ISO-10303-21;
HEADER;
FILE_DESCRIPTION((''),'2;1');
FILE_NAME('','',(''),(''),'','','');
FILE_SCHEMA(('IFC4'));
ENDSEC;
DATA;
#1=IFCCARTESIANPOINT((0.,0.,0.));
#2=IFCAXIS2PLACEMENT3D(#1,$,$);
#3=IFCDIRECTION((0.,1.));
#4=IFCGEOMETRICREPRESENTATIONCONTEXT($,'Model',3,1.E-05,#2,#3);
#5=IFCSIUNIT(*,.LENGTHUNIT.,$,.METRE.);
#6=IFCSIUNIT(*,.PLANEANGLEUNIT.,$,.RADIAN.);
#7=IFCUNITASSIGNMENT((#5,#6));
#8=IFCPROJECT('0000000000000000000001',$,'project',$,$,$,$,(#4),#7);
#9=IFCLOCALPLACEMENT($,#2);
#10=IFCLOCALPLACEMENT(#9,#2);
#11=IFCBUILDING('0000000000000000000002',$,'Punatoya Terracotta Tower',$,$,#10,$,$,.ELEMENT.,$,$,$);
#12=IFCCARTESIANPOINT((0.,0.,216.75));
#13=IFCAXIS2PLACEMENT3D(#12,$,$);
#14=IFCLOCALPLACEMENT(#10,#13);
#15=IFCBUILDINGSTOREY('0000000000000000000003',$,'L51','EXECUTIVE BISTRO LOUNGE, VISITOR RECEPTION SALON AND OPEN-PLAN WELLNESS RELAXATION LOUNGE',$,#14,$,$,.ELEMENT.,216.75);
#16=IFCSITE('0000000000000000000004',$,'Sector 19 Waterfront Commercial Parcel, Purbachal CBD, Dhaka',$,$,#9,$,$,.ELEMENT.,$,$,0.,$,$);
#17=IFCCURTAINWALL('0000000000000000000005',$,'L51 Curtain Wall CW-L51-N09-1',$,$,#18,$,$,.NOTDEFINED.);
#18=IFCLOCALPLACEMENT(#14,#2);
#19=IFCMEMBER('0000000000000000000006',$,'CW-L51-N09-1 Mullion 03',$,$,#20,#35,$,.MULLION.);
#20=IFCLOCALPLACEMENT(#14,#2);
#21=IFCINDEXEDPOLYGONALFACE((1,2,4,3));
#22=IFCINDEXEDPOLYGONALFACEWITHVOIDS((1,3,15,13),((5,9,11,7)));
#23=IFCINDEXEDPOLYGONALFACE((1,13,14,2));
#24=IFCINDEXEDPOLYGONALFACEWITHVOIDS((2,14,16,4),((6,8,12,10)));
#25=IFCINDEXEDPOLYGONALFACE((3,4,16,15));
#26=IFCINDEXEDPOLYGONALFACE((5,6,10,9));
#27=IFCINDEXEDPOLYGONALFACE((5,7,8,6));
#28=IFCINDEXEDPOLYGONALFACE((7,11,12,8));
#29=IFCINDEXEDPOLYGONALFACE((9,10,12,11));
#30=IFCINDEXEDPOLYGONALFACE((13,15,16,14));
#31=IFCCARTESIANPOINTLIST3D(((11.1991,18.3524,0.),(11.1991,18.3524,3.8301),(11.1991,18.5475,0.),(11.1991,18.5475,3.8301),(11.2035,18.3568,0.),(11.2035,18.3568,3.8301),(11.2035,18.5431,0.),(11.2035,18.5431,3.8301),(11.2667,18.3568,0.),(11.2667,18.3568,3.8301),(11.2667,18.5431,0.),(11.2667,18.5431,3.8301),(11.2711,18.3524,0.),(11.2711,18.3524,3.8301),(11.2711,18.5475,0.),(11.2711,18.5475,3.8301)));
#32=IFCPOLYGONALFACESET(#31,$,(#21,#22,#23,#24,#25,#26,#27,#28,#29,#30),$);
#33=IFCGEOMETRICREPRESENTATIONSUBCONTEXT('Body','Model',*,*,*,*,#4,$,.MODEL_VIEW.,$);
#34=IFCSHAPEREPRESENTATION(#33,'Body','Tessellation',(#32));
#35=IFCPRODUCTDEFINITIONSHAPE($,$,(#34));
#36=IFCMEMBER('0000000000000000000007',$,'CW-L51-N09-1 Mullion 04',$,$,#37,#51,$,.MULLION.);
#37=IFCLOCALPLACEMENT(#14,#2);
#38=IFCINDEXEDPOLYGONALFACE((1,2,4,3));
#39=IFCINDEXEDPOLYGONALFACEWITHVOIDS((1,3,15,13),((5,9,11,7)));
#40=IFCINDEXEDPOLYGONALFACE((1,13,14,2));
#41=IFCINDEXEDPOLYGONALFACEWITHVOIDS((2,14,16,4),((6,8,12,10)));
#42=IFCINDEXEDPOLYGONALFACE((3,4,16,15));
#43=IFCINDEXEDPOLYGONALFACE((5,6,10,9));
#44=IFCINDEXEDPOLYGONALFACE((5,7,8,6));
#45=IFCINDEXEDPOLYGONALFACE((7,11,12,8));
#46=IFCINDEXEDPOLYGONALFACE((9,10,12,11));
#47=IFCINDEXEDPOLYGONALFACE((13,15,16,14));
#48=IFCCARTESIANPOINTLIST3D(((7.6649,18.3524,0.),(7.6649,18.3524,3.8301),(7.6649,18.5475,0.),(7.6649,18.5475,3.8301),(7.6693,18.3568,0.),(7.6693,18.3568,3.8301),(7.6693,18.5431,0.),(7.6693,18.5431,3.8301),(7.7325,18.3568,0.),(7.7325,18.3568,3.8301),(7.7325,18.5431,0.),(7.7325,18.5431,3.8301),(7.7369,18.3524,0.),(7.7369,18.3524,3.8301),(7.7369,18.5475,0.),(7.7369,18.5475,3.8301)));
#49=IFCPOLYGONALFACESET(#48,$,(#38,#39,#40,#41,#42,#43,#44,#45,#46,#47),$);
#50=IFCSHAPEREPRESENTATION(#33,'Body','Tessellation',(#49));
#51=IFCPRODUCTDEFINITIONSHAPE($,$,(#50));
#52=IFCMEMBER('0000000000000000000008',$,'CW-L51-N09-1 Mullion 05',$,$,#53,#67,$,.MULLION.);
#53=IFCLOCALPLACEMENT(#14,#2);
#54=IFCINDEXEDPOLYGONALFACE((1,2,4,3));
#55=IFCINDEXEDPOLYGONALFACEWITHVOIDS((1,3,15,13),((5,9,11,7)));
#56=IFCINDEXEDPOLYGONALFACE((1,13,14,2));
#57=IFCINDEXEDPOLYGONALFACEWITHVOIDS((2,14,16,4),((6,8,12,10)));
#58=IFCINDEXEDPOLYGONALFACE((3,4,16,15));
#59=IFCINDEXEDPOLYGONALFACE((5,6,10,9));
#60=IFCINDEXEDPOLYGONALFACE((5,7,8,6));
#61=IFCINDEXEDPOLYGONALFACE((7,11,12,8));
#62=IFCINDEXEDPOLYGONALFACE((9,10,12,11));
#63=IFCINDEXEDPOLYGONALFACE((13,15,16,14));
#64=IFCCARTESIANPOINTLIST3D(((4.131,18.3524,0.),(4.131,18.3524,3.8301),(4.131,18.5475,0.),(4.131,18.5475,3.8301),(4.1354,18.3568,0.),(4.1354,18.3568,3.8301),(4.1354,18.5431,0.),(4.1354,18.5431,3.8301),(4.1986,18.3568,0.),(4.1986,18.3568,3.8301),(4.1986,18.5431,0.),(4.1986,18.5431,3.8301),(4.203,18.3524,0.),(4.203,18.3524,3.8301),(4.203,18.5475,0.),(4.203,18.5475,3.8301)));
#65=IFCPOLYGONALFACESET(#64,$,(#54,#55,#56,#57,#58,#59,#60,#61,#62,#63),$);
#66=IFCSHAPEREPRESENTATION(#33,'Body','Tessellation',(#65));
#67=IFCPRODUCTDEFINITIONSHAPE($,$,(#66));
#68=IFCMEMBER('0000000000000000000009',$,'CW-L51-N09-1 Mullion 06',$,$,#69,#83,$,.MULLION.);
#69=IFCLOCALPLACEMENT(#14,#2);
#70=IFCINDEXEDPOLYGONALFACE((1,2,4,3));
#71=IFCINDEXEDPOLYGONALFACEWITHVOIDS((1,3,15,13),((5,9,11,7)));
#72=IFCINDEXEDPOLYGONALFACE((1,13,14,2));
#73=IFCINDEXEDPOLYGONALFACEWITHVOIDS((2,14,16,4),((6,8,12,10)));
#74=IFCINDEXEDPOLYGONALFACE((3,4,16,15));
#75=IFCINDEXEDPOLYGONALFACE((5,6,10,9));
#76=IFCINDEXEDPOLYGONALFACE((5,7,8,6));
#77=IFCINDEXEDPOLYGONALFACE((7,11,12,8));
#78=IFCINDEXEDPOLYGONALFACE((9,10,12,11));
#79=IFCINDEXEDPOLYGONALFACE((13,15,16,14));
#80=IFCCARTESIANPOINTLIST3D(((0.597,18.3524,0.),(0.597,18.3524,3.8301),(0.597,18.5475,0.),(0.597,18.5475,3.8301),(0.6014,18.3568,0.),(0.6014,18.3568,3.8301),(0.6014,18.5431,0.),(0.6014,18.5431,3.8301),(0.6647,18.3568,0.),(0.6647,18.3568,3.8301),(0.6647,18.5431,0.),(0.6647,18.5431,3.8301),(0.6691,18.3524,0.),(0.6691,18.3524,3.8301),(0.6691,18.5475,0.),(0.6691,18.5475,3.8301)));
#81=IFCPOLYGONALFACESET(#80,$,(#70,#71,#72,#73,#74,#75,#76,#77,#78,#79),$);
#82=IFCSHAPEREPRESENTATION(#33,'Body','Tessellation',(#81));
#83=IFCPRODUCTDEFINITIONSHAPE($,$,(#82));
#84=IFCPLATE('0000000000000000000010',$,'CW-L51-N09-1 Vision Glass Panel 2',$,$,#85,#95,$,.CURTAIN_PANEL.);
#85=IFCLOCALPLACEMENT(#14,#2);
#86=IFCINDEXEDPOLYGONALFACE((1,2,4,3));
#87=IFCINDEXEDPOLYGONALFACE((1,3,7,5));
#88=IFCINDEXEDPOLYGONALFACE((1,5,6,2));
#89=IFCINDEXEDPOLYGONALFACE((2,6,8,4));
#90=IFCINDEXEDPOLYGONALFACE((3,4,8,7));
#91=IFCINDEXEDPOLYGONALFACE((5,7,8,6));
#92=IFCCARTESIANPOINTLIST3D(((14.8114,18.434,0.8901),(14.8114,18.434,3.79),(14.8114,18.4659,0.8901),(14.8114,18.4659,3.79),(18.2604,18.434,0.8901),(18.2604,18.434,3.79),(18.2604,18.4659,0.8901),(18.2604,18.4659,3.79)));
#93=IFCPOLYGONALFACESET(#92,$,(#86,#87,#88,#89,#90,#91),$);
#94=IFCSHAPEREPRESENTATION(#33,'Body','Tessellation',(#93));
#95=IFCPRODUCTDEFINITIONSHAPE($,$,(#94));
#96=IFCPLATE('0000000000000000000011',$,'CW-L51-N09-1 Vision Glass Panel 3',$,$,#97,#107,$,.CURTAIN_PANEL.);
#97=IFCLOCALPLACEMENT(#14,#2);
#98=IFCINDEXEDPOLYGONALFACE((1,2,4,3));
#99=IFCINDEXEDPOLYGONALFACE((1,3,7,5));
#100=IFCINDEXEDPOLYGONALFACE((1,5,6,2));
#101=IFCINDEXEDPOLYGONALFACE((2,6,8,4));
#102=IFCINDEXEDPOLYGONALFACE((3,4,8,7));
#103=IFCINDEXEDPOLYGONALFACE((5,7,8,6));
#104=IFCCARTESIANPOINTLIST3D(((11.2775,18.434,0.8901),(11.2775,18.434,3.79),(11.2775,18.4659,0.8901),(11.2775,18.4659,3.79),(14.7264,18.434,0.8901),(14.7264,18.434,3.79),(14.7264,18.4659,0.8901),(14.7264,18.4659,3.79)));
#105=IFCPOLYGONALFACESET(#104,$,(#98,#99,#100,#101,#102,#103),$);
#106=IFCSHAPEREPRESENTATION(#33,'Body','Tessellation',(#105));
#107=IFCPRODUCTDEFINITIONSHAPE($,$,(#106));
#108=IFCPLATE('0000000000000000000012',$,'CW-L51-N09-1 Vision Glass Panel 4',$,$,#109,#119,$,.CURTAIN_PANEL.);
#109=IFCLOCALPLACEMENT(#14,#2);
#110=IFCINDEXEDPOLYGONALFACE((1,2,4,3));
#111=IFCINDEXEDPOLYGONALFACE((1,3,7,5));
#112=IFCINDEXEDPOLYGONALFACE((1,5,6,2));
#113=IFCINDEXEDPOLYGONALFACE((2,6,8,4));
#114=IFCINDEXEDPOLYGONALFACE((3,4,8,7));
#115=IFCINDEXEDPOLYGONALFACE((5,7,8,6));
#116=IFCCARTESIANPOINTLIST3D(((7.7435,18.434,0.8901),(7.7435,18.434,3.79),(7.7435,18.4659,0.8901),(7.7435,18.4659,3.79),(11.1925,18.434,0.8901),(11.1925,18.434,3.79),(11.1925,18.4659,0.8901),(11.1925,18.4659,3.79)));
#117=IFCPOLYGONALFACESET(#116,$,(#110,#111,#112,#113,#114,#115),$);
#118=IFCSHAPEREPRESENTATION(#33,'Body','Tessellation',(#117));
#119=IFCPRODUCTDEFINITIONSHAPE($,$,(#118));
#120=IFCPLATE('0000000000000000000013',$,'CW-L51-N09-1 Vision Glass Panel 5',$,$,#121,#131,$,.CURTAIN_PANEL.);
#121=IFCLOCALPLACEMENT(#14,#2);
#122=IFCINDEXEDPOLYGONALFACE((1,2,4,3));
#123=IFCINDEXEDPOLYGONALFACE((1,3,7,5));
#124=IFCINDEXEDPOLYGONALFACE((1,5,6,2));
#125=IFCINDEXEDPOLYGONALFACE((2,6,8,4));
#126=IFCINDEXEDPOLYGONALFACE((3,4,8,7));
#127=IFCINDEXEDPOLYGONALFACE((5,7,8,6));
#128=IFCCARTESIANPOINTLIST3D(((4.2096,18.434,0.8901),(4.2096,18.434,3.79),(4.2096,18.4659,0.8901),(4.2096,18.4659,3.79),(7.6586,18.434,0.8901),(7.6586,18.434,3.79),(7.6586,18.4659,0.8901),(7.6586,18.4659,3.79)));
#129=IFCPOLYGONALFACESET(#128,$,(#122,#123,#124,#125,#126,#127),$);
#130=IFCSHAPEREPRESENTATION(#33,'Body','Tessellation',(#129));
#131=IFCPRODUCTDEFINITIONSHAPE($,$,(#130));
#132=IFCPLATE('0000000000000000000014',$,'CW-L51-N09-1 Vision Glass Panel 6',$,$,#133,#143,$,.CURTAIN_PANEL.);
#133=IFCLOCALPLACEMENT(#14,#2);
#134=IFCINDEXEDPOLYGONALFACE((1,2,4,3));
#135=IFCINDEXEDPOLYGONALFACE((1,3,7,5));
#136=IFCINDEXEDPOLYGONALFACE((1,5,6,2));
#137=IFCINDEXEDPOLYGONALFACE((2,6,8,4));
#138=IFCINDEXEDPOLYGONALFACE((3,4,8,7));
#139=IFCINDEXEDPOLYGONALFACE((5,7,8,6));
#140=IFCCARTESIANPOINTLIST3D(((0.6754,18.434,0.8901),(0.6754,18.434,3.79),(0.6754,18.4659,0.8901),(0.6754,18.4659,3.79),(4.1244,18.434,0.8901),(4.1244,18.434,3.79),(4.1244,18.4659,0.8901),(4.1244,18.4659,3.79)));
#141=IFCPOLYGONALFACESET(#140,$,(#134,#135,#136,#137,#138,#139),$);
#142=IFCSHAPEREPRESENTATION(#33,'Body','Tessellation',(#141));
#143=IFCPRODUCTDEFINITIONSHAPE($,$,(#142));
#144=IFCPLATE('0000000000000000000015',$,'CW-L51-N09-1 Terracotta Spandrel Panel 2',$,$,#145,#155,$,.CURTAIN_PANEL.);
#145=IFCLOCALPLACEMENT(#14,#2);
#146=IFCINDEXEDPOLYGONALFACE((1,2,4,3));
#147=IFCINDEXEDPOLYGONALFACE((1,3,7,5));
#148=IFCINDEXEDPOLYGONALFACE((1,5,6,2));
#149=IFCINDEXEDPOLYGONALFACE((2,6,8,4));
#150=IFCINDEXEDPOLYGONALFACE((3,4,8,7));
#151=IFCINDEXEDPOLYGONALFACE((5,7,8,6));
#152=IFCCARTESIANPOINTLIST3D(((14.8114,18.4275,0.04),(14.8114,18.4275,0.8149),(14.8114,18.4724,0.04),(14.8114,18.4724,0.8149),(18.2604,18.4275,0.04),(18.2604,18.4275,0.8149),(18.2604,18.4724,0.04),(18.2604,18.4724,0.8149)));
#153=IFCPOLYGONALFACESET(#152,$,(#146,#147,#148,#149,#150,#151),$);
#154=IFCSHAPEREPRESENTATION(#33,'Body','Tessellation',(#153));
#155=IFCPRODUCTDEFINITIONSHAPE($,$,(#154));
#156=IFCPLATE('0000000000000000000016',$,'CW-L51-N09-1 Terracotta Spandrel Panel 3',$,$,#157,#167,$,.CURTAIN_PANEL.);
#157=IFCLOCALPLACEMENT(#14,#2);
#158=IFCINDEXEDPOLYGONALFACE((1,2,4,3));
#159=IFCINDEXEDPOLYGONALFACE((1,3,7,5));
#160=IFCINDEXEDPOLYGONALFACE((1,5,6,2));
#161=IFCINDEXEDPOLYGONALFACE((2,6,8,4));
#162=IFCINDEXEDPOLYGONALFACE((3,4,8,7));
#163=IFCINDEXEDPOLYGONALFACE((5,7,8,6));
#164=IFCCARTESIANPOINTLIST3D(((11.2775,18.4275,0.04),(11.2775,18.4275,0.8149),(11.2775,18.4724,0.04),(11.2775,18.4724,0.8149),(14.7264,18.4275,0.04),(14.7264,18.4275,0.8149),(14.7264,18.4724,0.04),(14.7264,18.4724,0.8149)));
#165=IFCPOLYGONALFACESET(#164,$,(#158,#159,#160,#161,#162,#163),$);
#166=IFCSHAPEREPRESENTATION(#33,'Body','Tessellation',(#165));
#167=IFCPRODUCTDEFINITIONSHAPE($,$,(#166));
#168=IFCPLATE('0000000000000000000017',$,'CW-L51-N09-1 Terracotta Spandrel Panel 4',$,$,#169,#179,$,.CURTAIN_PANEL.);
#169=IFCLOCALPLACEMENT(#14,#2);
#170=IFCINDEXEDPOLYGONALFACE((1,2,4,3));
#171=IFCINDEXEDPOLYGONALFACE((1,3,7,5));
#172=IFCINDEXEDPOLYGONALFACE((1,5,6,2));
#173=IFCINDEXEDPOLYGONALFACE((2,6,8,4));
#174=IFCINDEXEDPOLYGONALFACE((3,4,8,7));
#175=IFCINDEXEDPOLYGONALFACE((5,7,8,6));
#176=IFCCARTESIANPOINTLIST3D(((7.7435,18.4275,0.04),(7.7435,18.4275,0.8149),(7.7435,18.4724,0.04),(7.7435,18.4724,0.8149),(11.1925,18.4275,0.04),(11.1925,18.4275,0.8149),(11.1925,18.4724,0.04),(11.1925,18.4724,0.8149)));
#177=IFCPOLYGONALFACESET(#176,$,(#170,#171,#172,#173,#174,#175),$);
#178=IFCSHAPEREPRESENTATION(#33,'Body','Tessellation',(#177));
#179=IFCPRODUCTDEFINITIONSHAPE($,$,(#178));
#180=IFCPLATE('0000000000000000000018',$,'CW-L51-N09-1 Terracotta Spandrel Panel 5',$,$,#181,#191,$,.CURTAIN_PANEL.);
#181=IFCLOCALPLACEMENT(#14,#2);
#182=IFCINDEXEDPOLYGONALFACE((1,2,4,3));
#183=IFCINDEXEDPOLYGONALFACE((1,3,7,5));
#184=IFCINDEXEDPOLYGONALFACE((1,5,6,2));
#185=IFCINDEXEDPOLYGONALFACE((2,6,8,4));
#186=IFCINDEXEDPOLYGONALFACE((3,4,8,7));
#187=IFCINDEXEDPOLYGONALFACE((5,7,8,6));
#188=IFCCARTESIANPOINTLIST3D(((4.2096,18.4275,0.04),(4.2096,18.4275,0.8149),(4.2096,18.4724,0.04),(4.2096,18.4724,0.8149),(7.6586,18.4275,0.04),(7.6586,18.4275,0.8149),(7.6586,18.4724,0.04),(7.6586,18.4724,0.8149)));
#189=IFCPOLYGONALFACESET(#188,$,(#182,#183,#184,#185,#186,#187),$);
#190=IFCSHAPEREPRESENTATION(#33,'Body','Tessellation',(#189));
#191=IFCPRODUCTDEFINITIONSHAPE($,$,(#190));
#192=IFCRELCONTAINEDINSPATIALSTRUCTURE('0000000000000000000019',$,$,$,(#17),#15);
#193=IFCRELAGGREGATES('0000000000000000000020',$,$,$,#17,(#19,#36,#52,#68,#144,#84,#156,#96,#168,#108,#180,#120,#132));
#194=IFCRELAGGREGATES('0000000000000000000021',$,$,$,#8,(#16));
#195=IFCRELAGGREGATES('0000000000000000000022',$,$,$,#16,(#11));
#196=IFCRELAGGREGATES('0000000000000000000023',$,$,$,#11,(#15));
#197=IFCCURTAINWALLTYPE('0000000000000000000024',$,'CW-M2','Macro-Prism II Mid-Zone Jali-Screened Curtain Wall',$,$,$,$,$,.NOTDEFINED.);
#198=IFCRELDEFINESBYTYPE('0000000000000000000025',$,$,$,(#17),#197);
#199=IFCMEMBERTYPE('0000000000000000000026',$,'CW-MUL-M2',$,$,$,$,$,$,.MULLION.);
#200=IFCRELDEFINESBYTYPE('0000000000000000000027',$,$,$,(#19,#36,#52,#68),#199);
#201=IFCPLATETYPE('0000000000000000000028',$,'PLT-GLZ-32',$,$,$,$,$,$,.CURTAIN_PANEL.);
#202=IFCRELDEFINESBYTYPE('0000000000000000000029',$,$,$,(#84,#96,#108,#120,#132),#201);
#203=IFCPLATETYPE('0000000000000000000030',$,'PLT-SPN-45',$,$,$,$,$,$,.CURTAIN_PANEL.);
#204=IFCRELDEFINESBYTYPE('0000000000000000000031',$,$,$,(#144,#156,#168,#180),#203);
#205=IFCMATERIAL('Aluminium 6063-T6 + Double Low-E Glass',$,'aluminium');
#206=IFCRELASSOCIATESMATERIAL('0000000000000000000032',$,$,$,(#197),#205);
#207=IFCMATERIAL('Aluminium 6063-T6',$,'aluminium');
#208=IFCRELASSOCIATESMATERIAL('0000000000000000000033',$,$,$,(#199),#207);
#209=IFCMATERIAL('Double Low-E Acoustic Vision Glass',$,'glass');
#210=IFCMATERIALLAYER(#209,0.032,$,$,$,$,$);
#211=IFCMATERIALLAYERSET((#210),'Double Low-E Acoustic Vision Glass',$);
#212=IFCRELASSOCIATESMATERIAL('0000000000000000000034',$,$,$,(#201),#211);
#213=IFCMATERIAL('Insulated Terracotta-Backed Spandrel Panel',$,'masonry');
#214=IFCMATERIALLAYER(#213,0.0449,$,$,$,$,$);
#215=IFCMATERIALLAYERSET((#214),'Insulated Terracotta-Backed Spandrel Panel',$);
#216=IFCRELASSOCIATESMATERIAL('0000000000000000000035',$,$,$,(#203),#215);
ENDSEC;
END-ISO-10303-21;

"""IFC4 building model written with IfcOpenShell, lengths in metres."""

from ifc_helpers import new_model, si_unit, direction, frame, origin, origin_2d, place, context, subcontext, project, spatial, rectangle, hollow_rectangle, extrude, material, layer, layer_set, material_profile, profile_set, type_object, element, aggregate, save


model = new_model("IFC4")

# Units and contexts
model_context = context("Model", 3, precision=1e-05, world=origin(), true_north=direction((0.0, 1.0)))
body_context = subcontext(model_context, "Body", "Model", "MODEL_VIEW")
ifc_project = project(units=[si_unit("LENGTHUNIT", "METRE"), si_unit("PLANEANGLEUNIT", "RADIAN")], contexts=[model_context])

# Site, building, storey
site_placement = place(None, origin())
site = spatial("IfcSite", under=ifc_project, at=site_placement, Name="Sector 19 Waterfront Commercial Parcel, Purbachal CBD, Dhaka", CompositionType="ELEMENT", RefElevation=0.0)
building_placement = place(site_placement, origin())
building = spatial("IfcBuilding", under=site, at=building_placement, Name="Punatoya Terracotta Tower", CompositionType="ELEMENT")
storey_placement = place(building_placement, frame((0.0, 0.0, 216.75)))
storey = spatial("IfcBuildingStorey", under=building, at=storey_placement, Name="L51", Description="EXECUTIVE BISTRO LOUNGE, VISITOR RECEPTION SALON AND OPEN-PLAN WELLNESS RELAXATION LOUNGE", CompositionType="ELEMENT", Elevation=216.75)

# Curtain wall, members, plates
ifc_material_1 = material(Name="Aluminium 6063-T6 + Double Low-E Glass", Category="aluminium")
curtain_wall_type = type_object("IfcCurtainWallType", Name="CW-M2", Description="Macro-Prism II Mid-Zone Jali-Screened Curtain Wall", PredefinedType="NOTDEFINED", material=ifc_material_1)
curtain_wall_placement = place(storey_placement, origin())
curtain_wall = element("IfcCurtainWall", 1, at=curtain_wall_placement, inside=storey, type_object=curtain_wall_type, Name="L51 Curtain Wall CW-L51-N09-1", PredefinedType="NOTDEFINED")
ifc_material_2 = material(Name="Aluminium 6063-T6", Category="aluminium")
ifc_material_profile_1 = material_profile(ifc_material_2, hollow_rectangle(XDim=0.072, YDim=0.1951, WallThickness=0.0044, at=origin_2d()))
ifc_profile_set_1 = profile_set([ifc_material_profile_1], Name="Aluminium 6063-T6")
member_type = type_object("IfcMemberType", Name="CW-MUL-M2", PredefinedType="MULLION", material=ifc_profile_set_1)
member_1_placement = place(storey_placement, frame((11.2351, 18.45, 0.0), z_axis=(0.0, 0.0, 1.0), x_axis=(1.0, 0.0, 0.0)))
member_1 = element("IfcMember", 2, at=member_1_placement, type_object=member_type, Name="CW-L51-N09-1 Mullion 03", PredefinedType="MULLION", context=body_context, shape_type="SweptSolid", body=[
    extrude(hollow_rectangle(XDim=0.072, YDim=0.1951, WallThickness=0.0044, at=origin_2d()), origin(), (0.0, 0.0, 1.0), 3.8301),
])
member_2_placement = place(storey_placement, frame((7.7009, 18.45, 0.0), z_axis=(0.0, 0.0, 1.0), x_axis=(1.0, 0.0, 0.0)))
member_2 = element("IfcMember", 3, at=member_2_placement, type_object=member_type, Name="CW-L51-N09-1 Mullion 04", PredefinedType="MULLION", context=body_context, shape_type="SweptSolid", body=[
    extrude(hollow_rectangle(XDim=0.072, YDim=0.1951, WallThickness=0.0044, at=origin_2d()), origin(), (0.0, 0.0, 1.0), 3.8301),
])
member_3_placement = place(storey_placement, frame((4.167, 18.45, 0.0), z_axis=(0.0, 0.0, 1.0), x_axis=(1.0, 0.0, 0.0)))
member_3 = element("IfcMember", 4, at=member_3_placement, type_object=member_type, Name="CW-L51-N09-1 Mullion 05", PredefinedType="MULLION", context=body_context, shape_type="SweptSolid", body=[
    extrude(hollow_rectangle(XDim=0.072, YDim=0.1951, WallThickness=0.0044, at=origin_2d()), origin(), (0.0, 0.0, 1.0), 3.8301),
])
member_4_placement = place(storey_placement, frame((0.6331, 18.45, 0.0), z_axis=(0.0, 0.0, 1.0), x_axis=(1.0, 0.0, 0.0)))
member_4 = element("IfcMember", 5, at=member_4_placement, type_object=member_type, Name="CW-L51-N09-1 Mullion 06", PredefinedType="MULLION", context=body_context, shape_type="SweptSolid", body=[
    extrude(hollow_rectangle(XDim=0.072, YDim=0.1951, WallThickness=0.0044, at=origin_2d()), origin(), (0.0, 0.0, 1.0), 3.8301),
])
ifc_material_3 = material(Name="Double Low-E Acoustic Vision Glass", Category="glass")
ifc_layer_1 = layer(ifc_material_3, 0.032)
ifc_layer_set_1 = layer_set([ifc_layer_1], Name="Double Low-E Acoustic Vision Glass")
plate_type_1 = type_object("IfcPlateType", Name="PLT-GLZ-32", PredefinedType="CURTAIN_PANEL", material=ifc_layer_set_1)
plate_1_placement = place(storey_placement, frame((16.5359, 18.45, 0.8901), z_axis=(0.0, 0.0, 1.0), x_axis=(-1.0, 0.0, 0.0)))
plate_1 = element("IfcPlate", 6, at=plate_1_placement, type_object=plate_type_1, Name="CW-L51-N09-1 Vision Glass Panel 2", PredefinedType="CURTAIN_PANEL", context=body_context, shape_type="SweptSolid", body=[
    extrude(rectangle(XDim=3.449, YDim=0.032, at=origin_2d()), origin(), (0.0, 0.0, 1.0), 2.8999),
])
plate_2_placement = place(storey_placement, frame((13.002, 18.45, 0.8901), z_axis=(0.0, 0.0, 1.0), x_axis=(-1.0, 0.0, 0.0)))
plate_2 = element("IfcPlate", 7, at=plate_2_placement, type_object=plate_type_1, Name="CW-L51-N09-1 Vision Glass Panel 3", PredefinedType="CURTAIN_PANEL", context=body_context, shape_type="SweptSolid", body=[
    extrude(rectangle(XDim=3.449, YDim=0.032, at=origin_2d()), origin(), (0.0, 0.0, 1.0), 2.8999),
])
plate_3_placement = place(storey_placement, frame((9.468, 18.45, 0.8901), z_axis=(0.0, 0.0, 1.0), x_axis=(-1.0, 0.0, 0.0)))
plate_3 = element("IfcPlate", 8, at=plate_3_placement, type_object=plate_type_1, Name="CW-L51-N09-1 Vision Glass Panel 4", PredefinedType="CURTAIN_PANEL", context=body_context, shape_type="SweptSolid", body=[
    extrude(rectangle(XDim=3.449, YDim=0.032, at=origin_2d()), origin(), (0.0, 0.0, 1.0), 2.8999),
])
plate_4_placement = place(storey_placement, frame((5.9341, 18.45, 0.8901), z_axis=(0.0, 0.0, 1.0), x_axis=(-1.0, 0.0, 0.0)))
plate_4 = element("IfcPlate", 9, at=plate_4_placement, type_object=plate_type_1, Name="CW-L51-N09-1 Vision Glass Panel 5", PredefinedType="CURTAIN_PANEL", context=body_context, shape_type="SweptSolid", body=[
    extrude(rectangle(XDim=3.449, YDim=0.032, at=origin_2d()), origin(), (0.0, 0.0, 1.0), 2.8999),
])
plate_5_placement = place(storey_placement, frame((2.3999, 18.45, 0.8901), z_axis=(0.0, 0.0, 1.0), x_axis=(-1.0, 0.0, 0.0)))
plate_5 = element("IfcPlate", 10, at=plate_5_placement, type_object=plate_type_1, Name="CW-L51-N09-1 Vision Glass Panel 6", PredefinedType="CURTAIN_PANEL", context=body_context, shape_type="SweptSolid", body=[
    extrude(rectangle(XDim=3.449, YDim=0.032, at=origin_2d()), origin(), (0.0, 0.0, 1.0), 2.8999),
])
ifc_material_4 = material(Name="Insulated Terracotta-Backed Spandrel Panel", Category="masonry")
ifc_layer_2 = layer(ifc_material_4, 0.0449)
ifc_layer_set_2 = layer_set([ifc_layer_2], Name="Insulated Terracotta-Backed Spandrel Panel")
plate_type_2 = type_object("IfcPlateType", Name="PLT-SPN-45", PredefinedType="CURTAIN_PANEL", material=ifc_layer_set_2)
plate_6_placement = place(storey_placement, frame((16.5359, 18.45, 0.04), z_axis=(0.0, 0.0, 1.0), x_axis=(-1.0, 0.0, 0.0)))
plate_6 = element("IfcPlate", 11, at=plate_6_placement, type_object=plate_type_2, Name="CW-L51-N09-1 Terracotta Spandrel Panel 2", PredefinedType="CURTAIN_PANEL", context=body_context, shape_type="SweptSolid", body=[
    extrude(rectangle(XDim=3.449, YDim=0.0449, at=origin_2d()), origin(), (0.0, 0.0, 1.0), 0.7749),
])
plate_7_placement = place(storey_placement, frame((13.002, 18.45, 0.04), z_axis=(0.0, 0.0, 1.0), x_axis=(-1.0, 0.0, 0.0)))
plate_7 = element("IfcPlate", 12, at=plate_7_placement, type_object=plate_type_2, Name="CW-L51-N09-1 Terracotta Spandrel Panel 3", PredefinedType="CURTAIN_PANEL", context=body_context, shape_type="SweptSolid", body=[
    extrude(rectangle(XDim=3.449, YDim=0.0449, at=origin_2d()), origin(), (0.0, 0.0, 1.0), 0.7749),
])
plate_8_placement = place(storey_placement, frame((9.468, 18.45, 0.04), z_axis=(0.0, 0.0, 1.0), x_axis=(-1.0, 0.0, 0.0)))
plate_8 = element("IfcPlate", 13, at=plate_8_placement, type_object=plate_type_2, Name="CW-L51-N09-1 Terracotta Spandrel Panel 4", PredefinedType="CURTAIN_PANEL", context=body_context, shape_type="SweptSolid", body=[
    extrude(rectangle(XDim=3.449, YDim=0.0449, at=origin_2d()), origin(), (0.0, 0.0, 1.0), 0.7749),
])
plate_9_placement = place(storey_placement, frame((5.9341, 18.45, 0.04), z_axis=(0.0, 0.0, 1.0), x_axis=(-1.0, 0.0, 0.0)))
plate_9 = element("IfcPlate", 14, at=plate_9_placement, type_object=plate_type_2, Name="CW-L51-N09-1 Terracotta Spandrel Panel 5", PredefinedType="CURTAIN_PANEL", context=body_context, shape_type="SweptSolid", body=[
    extrude(rectangle(XDim=3.449, YDim=0.0449, at=origin_2d()), origin(), (0.0, 0.0, 1.0), 0.7749),
])
aggregate(curtain_wall, [member_1, member_2, member_3, member_4, plate_6, plate_1, plate_7, plate_2, plate_8, plate_3, plate_9, plate_4, plate_5])

save(model, "model.ifc")
